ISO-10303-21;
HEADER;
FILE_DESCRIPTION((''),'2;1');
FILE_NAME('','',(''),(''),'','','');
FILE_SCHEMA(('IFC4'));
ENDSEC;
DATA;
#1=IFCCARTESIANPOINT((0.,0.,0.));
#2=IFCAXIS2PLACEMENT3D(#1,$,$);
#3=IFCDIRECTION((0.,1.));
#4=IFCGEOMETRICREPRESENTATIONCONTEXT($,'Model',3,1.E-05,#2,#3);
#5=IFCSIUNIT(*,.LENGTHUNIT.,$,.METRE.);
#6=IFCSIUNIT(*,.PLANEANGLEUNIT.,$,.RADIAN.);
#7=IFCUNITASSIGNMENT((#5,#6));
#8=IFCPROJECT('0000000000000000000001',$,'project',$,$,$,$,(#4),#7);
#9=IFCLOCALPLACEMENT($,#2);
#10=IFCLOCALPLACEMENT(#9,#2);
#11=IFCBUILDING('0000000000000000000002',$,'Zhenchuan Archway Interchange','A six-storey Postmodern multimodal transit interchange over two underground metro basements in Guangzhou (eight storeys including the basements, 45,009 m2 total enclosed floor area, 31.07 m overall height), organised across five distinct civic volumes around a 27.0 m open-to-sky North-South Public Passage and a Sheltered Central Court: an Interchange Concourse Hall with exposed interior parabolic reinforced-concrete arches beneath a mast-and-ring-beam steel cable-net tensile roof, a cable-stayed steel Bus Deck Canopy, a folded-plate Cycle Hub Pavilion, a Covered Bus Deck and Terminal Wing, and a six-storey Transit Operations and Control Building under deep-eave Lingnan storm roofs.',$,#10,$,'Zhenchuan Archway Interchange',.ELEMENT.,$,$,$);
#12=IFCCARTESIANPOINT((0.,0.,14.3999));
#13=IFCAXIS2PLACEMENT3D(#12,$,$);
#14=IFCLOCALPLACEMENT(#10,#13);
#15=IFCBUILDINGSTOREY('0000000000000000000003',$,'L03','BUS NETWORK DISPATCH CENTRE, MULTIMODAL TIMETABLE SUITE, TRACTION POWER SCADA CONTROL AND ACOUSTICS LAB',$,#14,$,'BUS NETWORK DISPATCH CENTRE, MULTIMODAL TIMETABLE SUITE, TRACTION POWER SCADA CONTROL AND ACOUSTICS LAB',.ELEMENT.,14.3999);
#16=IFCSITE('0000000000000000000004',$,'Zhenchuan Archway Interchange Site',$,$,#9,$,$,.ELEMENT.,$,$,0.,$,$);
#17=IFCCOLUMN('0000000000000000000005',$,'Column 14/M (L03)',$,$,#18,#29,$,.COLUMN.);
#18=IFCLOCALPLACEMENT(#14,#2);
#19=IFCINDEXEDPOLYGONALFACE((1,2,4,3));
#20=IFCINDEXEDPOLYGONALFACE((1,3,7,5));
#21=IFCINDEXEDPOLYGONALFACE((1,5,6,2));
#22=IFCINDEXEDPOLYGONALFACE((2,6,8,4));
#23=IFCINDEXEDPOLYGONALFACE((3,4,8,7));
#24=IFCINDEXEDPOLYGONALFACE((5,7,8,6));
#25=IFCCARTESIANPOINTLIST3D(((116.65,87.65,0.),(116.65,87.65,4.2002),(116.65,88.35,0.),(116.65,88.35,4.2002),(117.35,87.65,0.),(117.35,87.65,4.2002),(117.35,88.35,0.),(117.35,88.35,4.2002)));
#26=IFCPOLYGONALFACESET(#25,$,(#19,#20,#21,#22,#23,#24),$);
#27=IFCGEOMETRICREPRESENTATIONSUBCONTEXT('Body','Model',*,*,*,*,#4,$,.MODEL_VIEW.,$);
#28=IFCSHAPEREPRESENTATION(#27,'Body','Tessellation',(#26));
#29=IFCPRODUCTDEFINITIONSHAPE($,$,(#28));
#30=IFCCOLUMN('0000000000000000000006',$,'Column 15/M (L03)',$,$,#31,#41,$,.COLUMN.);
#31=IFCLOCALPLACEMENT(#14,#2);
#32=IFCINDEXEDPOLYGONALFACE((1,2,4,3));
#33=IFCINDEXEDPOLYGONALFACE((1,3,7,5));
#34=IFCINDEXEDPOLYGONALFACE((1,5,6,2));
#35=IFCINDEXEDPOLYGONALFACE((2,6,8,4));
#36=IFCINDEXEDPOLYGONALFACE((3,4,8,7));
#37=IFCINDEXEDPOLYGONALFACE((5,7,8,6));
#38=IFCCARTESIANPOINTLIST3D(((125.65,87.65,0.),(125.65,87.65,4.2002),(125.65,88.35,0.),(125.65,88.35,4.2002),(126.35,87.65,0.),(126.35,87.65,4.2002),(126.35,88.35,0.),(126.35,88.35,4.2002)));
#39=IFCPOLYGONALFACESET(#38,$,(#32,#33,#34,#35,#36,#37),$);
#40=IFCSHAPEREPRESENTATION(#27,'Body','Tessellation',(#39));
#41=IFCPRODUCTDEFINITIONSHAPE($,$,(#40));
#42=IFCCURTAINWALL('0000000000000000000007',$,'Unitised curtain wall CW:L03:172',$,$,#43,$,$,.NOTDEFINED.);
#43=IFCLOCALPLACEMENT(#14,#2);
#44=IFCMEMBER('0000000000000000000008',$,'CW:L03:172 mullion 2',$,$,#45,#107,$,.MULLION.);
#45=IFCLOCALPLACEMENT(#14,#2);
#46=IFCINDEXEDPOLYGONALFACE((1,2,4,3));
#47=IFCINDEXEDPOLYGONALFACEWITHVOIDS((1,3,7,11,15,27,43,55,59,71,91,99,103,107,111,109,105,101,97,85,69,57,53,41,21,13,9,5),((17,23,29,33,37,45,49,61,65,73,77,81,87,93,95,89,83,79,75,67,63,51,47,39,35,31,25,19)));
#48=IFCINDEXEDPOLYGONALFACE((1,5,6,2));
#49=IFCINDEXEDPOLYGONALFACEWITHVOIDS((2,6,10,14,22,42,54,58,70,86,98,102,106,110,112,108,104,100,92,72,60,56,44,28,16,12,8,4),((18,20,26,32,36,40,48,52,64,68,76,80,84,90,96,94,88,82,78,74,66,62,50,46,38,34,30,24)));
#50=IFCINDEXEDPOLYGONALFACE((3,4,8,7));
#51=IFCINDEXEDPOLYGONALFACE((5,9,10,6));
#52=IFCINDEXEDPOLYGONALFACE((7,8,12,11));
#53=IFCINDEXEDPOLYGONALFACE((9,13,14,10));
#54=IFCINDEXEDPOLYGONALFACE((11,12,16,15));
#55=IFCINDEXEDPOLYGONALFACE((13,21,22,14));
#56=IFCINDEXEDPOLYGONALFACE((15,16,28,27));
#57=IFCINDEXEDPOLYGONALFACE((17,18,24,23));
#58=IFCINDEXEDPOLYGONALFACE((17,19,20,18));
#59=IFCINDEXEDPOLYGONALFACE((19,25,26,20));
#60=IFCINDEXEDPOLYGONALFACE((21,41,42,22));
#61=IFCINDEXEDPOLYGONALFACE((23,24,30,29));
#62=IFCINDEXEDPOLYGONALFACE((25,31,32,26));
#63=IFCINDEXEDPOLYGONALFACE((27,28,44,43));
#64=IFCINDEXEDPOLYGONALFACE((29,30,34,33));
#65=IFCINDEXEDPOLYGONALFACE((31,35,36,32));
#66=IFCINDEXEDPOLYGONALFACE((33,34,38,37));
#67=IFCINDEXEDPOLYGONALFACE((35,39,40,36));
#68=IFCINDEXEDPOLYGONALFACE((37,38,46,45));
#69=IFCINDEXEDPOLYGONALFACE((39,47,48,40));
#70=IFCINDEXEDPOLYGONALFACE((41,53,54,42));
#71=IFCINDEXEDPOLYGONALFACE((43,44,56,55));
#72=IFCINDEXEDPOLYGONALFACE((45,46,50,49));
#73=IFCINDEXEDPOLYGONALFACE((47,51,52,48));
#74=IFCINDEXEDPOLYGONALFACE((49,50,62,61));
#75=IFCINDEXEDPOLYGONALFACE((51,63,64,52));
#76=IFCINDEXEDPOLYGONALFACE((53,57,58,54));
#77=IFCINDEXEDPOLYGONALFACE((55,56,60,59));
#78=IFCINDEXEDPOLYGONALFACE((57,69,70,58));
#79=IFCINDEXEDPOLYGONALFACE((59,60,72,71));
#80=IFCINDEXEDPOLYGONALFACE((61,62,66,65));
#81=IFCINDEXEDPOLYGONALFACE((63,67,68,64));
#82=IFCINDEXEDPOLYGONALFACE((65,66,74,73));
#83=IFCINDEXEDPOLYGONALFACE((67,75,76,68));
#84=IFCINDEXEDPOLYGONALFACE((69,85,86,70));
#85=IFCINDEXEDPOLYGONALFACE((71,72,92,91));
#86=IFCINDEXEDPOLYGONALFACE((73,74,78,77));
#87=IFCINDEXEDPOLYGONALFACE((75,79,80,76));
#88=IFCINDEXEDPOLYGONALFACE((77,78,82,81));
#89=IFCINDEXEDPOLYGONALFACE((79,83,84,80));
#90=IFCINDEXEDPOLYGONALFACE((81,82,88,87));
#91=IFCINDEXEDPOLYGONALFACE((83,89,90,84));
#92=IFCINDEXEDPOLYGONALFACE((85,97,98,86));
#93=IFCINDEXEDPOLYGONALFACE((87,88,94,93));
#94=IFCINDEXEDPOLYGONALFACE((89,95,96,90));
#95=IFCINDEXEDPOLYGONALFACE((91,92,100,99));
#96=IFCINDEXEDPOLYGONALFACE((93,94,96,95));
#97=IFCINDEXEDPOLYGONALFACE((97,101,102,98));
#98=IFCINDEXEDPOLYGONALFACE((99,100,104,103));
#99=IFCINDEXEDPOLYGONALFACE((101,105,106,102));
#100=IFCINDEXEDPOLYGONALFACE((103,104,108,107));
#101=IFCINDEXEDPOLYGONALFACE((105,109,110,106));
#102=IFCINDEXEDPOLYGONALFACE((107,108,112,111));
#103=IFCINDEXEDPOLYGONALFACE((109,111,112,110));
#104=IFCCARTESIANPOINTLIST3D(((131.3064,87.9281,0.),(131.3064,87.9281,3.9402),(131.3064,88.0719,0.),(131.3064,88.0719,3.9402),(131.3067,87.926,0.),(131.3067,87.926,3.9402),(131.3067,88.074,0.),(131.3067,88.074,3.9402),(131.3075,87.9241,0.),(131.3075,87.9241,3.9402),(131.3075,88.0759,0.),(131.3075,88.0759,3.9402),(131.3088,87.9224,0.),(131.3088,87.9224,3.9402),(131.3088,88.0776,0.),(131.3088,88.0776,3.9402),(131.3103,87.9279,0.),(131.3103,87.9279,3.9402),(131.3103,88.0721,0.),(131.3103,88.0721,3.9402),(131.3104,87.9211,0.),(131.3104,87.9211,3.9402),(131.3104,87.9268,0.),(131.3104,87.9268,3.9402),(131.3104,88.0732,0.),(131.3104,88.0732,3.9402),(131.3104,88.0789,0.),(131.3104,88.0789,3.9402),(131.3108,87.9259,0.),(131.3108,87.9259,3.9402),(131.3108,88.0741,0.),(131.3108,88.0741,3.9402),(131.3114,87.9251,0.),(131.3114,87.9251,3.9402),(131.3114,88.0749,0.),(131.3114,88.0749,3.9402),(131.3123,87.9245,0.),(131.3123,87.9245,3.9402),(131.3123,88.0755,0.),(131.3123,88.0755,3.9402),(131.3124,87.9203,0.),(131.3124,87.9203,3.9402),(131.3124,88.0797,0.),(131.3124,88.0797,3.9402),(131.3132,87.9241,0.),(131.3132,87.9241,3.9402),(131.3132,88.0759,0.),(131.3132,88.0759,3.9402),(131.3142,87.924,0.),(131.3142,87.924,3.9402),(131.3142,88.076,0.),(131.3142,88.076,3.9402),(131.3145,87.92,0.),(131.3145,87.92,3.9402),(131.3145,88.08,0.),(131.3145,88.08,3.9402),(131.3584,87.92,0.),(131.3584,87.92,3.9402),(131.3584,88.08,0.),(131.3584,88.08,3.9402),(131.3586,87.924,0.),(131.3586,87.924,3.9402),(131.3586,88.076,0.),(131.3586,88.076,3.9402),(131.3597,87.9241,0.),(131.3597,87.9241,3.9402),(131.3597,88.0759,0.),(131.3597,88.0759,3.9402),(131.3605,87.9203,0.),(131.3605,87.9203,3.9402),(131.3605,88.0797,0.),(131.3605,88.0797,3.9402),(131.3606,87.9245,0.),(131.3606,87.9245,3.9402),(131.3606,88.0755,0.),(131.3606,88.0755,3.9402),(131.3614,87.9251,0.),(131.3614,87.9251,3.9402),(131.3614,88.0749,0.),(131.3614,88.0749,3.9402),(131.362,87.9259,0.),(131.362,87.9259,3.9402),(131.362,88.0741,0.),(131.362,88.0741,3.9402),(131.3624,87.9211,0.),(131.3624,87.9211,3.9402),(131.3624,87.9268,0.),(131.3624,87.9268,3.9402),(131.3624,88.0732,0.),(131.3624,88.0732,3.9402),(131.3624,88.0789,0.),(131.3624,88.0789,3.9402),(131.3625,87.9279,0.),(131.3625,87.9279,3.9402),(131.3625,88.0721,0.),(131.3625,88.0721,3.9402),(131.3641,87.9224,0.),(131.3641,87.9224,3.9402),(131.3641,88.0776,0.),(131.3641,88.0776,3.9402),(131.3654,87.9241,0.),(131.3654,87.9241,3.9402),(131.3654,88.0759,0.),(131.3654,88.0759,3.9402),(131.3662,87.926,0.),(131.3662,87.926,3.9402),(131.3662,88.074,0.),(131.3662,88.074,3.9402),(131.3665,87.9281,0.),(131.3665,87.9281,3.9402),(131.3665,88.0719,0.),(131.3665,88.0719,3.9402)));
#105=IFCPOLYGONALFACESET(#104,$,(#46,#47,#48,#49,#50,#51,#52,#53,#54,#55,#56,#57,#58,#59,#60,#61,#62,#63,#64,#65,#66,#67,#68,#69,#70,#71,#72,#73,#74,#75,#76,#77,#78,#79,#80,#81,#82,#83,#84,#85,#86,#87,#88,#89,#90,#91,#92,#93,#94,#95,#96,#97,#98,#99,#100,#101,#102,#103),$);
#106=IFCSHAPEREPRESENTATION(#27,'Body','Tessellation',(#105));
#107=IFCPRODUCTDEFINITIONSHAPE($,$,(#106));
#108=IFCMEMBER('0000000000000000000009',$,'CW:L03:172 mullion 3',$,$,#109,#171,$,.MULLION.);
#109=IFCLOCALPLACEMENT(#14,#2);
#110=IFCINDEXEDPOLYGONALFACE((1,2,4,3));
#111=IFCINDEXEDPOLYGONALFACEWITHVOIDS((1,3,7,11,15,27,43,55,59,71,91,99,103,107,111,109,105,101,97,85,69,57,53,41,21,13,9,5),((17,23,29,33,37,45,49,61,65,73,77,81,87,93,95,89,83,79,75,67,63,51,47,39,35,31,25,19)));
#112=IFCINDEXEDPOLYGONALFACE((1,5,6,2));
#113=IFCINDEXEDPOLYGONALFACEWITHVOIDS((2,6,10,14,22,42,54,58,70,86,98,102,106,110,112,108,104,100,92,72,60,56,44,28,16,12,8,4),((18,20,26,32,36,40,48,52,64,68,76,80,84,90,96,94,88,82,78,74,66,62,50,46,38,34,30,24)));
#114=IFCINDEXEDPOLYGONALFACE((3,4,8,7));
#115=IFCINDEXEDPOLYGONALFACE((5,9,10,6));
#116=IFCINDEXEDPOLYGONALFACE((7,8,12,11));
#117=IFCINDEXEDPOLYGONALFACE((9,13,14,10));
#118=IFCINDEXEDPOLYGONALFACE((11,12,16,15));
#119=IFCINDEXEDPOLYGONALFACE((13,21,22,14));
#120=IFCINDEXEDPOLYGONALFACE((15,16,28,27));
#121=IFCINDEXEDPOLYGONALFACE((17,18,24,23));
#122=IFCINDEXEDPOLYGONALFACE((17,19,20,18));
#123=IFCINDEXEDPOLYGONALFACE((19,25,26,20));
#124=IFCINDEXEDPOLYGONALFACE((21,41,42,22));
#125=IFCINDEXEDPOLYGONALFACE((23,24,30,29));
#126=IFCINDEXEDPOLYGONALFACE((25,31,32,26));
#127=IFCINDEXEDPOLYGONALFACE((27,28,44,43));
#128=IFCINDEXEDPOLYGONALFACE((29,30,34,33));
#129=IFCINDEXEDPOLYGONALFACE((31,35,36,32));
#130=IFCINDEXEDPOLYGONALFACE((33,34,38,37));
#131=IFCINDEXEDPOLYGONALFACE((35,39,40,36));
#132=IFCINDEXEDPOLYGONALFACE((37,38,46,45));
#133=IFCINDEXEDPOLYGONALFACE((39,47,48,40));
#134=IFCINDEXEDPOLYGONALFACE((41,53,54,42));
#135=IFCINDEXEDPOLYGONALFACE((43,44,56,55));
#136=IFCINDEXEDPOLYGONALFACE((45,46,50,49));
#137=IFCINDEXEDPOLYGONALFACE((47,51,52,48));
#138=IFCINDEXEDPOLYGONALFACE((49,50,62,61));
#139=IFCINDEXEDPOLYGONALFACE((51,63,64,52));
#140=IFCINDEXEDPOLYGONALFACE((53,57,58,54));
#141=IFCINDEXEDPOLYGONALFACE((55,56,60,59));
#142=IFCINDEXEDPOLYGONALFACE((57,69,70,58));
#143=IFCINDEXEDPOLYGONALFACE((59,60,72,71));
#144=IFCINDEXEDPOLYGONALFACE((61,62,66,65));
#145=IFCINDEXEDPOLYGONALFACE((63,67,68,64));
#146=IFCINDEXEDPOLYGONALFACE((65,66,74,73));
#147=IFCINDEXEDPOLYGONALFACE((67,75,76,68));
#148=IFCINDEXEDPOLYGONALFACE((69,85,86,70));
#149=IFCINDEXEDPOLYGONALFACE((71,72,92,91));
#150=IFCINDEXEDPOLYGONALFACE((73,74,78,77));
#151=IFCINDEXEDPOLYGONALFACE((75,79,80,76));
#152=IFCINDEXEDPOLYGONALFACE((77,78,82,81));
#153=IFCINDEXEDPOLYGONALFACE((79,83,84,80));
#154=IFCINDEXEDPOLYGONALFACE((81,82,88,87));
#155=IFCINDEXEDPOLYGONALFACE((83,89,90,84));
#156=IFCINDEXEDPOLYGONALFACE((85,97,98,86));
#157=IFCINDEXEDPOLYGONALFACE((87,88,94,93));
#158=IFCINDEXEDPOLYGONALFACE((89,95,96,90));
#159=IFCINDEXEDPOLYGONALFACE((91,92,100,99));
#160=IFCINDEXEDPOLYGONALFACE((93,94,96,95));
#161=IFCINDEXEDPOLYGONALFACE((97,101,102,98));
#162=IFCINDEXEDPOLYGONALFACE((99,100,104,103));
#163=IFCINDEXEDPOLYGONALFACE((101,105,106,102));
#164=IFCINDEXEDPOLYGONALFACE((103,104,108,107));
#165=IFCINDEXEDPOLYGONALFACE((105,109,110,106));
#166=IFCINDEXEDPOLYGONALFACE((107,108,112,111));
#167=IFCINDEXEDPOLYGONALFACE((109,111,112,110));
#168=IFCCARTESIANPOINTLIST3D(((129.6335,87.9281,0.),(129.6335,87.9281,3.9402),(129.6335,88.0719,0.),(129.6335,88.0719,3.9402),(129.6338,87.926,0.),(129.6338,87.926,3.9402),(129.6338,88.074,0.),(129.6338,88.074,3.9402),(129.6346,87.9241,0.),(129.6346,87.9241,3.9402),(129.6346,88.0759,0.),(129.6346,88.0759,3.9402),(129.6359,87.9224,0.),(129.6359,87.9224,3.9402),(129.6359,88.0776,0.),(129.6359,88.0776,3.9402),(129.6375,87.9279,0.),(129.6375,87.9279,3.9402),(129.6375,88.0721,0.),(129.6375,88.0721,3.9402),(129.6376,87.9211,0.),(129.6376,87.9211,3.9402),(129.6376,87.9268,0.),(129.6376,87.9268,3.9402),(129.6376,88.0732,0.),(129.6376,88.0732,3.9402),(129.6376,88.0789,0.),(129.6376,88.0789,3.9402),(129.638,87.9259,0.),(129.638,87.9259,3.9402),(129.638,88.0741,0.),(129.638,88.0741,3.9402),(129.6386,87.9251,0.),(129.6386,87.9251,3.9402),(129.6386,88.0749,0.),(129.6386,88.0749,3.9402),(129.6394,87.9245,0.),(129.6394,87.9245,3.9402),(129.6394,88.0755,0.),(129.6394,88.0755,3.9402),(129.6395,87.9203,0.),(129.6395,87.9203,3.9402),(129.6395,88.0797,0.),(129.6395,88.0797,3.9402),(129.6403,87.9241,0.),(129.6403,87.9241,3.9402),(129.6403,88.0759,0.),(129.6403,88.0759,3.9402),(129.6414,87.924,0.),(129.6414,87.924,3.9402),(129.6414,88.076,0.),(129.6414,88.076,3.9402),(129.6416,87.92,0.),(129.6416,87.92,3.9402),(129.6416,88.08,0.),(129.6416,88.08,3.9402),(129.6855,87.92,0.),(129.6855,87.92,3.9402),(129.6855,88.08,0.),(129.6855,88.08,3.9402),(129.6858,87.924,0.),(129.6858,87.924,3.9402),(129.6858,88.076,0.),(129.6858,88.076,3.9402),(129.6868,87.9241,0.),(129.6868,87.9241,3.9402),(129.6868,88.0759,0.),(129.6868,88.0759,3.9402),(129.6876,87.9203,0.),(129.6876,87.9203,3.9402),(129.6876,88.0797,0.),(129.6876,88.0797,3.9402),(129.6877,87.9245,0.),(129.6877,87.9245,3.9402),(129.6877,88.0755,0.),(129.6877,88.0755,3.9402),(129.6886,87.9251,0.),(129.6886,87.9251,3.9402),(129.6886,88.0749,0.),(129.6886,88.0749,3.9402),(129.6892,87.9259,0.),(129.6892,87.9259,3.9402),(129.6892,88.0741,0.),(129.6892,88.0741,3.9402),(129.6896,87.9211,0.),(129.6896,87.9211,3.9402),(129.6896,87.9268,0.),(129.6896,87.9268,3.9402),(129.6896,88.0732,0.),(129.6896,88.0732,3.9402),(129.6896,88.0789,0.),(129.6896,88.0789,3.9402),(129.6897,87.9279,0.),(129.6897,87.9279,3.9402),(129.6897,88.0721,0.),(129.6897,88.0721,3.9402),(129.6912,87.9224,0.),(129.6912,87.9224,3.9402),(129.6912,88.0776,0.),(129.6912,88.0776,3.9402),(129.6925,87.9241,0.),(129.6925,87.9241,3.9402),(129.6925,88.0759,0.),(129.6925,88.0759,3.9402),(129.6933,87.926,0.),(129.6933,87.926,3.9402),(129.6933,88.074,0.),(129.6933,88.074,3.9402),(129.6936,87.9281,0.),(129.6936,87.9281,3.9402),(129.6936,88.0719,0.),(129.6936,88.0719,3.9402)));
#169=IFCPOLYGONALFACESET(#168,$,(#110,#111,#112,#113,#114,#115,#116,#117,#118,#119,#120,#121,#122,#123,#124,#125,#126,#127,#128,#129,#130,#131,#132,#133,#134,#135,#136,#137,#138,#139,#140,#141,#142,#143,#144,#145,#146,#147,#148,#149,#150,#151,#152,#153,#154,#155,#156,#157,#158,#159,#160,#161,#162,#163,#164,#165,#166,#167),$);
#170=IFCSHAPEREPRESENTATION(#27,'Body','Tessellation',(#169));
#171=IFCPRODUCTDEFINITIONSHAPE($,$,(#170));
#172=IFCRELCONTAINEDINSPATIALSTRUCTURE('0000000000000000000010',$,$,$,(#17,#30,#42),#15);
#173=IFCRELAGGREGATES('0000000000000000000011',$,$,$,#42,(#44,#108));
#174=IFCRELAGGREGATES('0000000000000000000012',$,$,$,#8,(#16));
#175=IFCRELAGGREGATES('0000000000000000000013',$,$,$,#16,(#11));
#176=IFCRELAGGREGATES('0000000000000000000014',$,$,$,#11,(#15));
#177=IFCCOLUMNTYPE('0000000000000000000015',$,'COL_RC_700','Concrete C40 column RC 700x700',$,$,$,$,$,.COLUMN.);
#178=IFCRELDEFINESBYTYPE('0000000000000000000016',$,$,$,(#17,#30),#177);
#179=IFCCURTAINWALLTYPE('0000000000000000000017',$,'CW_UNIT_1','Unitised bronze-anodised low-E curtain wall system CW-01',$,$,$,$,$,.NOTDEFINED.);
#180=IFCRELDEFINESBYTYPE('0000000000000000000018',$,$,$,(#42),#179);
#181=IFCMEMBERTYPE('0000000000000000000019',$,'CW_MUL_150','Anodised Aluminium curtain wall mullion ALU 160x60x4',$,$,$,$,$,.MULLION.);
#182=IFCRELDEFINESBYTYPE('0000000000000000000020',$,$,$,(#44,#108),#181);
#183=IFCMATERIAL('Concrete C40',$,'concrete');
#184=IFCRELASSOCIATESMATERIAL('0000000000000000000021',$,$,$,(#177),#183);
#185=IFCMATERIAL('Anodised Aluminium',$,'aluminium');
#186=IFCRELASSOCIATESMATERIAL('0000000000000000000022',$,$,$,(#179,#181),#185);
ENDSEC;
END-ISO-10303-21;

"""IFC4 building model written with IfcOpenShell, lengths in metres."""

from ifc_helpers import new_model, si_unit, direction, frame, origin, origin_2d, place, context, subcontext, project, spatial, rectangle, hollow_rectangle, extrude, material, material_profile, profile_set, type_object, element, aggregate, save


model = new_model("IFC4")

# Units and contexts
model_context = context("Model", 3, precision=1e-05, world=origin(), true_north=direction((0.0, 1.0)))
body_context = subcontext(model_context, "Body", "Model", "MODEL_VIEW")
ifc_project = project(units=[si_unit("LENGTHUNIT", "METRE"), si_unit("PLANEANGLEUNIT", "RADIAN")], contexts=[model_context])

# Site, building, storey
site_placement = place(None, origin())
site = spatial("IfcSite", under=ifc_project, at=site_placement, Name="Zhenchuan Archway Interchange Site", CompositionType="ELEMENT", RefElevation=0.0)
building_placement = place(site_placement, origin())
building = spatial("IfcBuilding", under=site, at=building_placement, Name="Zhenchuan Archway Interchange", Description="A six-storey Postmodern multimodal transit interchange over two underground metro basements in Guangzhou (eight storeys including the basements, 45,009 m2 total enclosed floor area, 31.07 m overall height), organised across five distinct civic volumes around a 27.0 m open-to-sky North-South Public Passage and a Sheltered Central Court: an Interchange Concourse Hall with exposed interior parabolic reinforced-concrete arches beneath a mast-and-ring-beam steel cable-net tensile roof, a cable-stayed steel Bus Deck Canopy, a folded-plate Cycle Hub Pavilion, a Covered Bus Deck and Terminal Wing, and a six-storey Transit Operations and Control Building under deep-eave Lingnan storm roofs.", LongName="Zhenchuan Archway Interchange", CompositionType="ELEMENT")
storey_placement = place(building_placement, frame((0.0, 0.0, 14.3999)))
storey = spatial("IfcBuildingStorey", under=building, at=storey_placement, Name="L03", Description="BUS NETWORK DISPATCH CENTRE, MULTIMODAL TIMETABLE SUITE, TRACTION POWER SCADA CONTROL AND ACOUSTICS LAB", LongName="BUS NETWORK DISPATCH CENTRE, MULTIMODAL TIMETABLE SUITE, TRACTION POWER SCADA CONTROL AND ACOUSTICS LAB", CompositionType="ELEMENT", Elevation=14.3999)

# Columns
ifc_material_1 = material(Name="Concrete C40", Category="concrete")
ifc_material_profile_1 = material_profile(ifc_material_1, rectangle(XDim=0.7, YDim=0.7, at=origin_2d()), Name="RC 700x700")
ifc_profile_set_1 = profile_set([ifc_material_profile_1], Name="Concrete C40")
column_type = type_object("IfcColumnType", Name="COL_RC_700", Description="Concrete C40 column RC 700x700", PredefinedType="COLUMN", material=ifc_profile_set_1)
for number, where, z_axis, x_axis, name in (
    (1, (117.0, 88.0, 0.0), (0.0, 0.0, 1.0), (1.0, 0.0, 0.0), "Column 14/M (L03)"),
    (2, (126.0, 88.0, 0.0), (0.0, 0.0, 1.0), (1.0, 0.0, 0.0), "Column 15/M (L03)"),
):
    element("IfcColumn", number, at=place(storey_placement, frame(where, z_axis=z_axis, x_axis=x_axis)), inside=storey, type_object=column_type, Name=name, PredefinedType="COLUMN", context=body_context, shape_type="SweptSolid", body=[
        extrude(rectangle(XDim=0.7, YDim=0.7, at=origin_2d()), origin(), (0.0, 0.0, 1.0), 4.2002),
    ])

# Curtain wall, members
ifc_material_2 = material(Name="Anodised Aluminium", Category="aluminium")
curtain_wall_type_1 = type_object("IfcCurtainWallType", Name="CW_UNIT_1", Description="Unitised bronze-anodised low-E curtain wall system CW-01", PredefinedType="NOTDEFINED", material=ifc_material_2)
curtain_wall_1_placement = place(storey_placement, origin())
curtain_wall_1 = element("IfcCurtainWall", 3, at=curtain_wall_1_placement, inside=storey, type_object=curtain_wall_type_1, Name="Unitised curtain wall CW:L03:172", PredefinedType="NOTDEFINED")
ifc_material_profile_2 = material_profile(ifc_material_2, hollow_rectangle(XDim=0.0601, YDim=0.1599, WallThickness=0.0039, InnerFilletRadius=0.0039, OuterFilletRadius=0.0081, at=origin_2d()), Name="ALU 160x60x4")
ifc_profile_set_2 = profile_set([ifc_material_profile_2], Name="Anodised Aluminium")
member_type_1 = type_object("IfcMemberType", Name="CW_MUL_150", Description="Anodised Aluminium curtain wall mullion ALU 160x60x4", PredefinedType="MULLION", material=ifc_profile_set_2)
member_1_placement = place(storey_placement, frame((131.3364, 88.0, 0.0), z_axis=(0.0, 0.0, 1.0), x_axis=(1.0, 0.0, 0.0)))
member_1 = element("IfcMember", 4, at=member_1_placement, type_object=member_type_1, Name="CW:L03:172 mullion 2", PredefinedType="MULLION", context=body_context, shape_type="SweptSolid", body=[
    extrude(hollow_rectangle(XDim=0.0601, YDim=0.1599, WallThickness=0.0039, InnerFilletRadius=0.0039, OuterFilletRadius=0.0081, at=origin_2d()), origin(), (0.0, 0.0, 1.0), 3.9402),
])
member_2_placement = place(storey_placement, frame((129.6636, 88.0, 0.0), z_axis=(0.0, 0.0, 1.0), x_axis=(1.0, 0.0, 0.0)))
member_2 = element("IfcMember", 5, at=member_2_placement, type_object=member_type_1, Name="CW:L03:172 mullion 3", PredefinedType="MULLION", context=body_context, shape_type="SweptSolid", body=[
    extrude(hollow_rectangle(XDim=0.0601, YDim=0.1599, WallThickness=0.0039, InnerFilletRadius=0.0039, OuterFilletRadius=0.0081, at=origin_2d()), origin(), (0.0, 0.0, 1.0), 3.9402),
])

aggregate(curtain_wall_1, [member_1, member_2])

save(model, "model.ifc")
